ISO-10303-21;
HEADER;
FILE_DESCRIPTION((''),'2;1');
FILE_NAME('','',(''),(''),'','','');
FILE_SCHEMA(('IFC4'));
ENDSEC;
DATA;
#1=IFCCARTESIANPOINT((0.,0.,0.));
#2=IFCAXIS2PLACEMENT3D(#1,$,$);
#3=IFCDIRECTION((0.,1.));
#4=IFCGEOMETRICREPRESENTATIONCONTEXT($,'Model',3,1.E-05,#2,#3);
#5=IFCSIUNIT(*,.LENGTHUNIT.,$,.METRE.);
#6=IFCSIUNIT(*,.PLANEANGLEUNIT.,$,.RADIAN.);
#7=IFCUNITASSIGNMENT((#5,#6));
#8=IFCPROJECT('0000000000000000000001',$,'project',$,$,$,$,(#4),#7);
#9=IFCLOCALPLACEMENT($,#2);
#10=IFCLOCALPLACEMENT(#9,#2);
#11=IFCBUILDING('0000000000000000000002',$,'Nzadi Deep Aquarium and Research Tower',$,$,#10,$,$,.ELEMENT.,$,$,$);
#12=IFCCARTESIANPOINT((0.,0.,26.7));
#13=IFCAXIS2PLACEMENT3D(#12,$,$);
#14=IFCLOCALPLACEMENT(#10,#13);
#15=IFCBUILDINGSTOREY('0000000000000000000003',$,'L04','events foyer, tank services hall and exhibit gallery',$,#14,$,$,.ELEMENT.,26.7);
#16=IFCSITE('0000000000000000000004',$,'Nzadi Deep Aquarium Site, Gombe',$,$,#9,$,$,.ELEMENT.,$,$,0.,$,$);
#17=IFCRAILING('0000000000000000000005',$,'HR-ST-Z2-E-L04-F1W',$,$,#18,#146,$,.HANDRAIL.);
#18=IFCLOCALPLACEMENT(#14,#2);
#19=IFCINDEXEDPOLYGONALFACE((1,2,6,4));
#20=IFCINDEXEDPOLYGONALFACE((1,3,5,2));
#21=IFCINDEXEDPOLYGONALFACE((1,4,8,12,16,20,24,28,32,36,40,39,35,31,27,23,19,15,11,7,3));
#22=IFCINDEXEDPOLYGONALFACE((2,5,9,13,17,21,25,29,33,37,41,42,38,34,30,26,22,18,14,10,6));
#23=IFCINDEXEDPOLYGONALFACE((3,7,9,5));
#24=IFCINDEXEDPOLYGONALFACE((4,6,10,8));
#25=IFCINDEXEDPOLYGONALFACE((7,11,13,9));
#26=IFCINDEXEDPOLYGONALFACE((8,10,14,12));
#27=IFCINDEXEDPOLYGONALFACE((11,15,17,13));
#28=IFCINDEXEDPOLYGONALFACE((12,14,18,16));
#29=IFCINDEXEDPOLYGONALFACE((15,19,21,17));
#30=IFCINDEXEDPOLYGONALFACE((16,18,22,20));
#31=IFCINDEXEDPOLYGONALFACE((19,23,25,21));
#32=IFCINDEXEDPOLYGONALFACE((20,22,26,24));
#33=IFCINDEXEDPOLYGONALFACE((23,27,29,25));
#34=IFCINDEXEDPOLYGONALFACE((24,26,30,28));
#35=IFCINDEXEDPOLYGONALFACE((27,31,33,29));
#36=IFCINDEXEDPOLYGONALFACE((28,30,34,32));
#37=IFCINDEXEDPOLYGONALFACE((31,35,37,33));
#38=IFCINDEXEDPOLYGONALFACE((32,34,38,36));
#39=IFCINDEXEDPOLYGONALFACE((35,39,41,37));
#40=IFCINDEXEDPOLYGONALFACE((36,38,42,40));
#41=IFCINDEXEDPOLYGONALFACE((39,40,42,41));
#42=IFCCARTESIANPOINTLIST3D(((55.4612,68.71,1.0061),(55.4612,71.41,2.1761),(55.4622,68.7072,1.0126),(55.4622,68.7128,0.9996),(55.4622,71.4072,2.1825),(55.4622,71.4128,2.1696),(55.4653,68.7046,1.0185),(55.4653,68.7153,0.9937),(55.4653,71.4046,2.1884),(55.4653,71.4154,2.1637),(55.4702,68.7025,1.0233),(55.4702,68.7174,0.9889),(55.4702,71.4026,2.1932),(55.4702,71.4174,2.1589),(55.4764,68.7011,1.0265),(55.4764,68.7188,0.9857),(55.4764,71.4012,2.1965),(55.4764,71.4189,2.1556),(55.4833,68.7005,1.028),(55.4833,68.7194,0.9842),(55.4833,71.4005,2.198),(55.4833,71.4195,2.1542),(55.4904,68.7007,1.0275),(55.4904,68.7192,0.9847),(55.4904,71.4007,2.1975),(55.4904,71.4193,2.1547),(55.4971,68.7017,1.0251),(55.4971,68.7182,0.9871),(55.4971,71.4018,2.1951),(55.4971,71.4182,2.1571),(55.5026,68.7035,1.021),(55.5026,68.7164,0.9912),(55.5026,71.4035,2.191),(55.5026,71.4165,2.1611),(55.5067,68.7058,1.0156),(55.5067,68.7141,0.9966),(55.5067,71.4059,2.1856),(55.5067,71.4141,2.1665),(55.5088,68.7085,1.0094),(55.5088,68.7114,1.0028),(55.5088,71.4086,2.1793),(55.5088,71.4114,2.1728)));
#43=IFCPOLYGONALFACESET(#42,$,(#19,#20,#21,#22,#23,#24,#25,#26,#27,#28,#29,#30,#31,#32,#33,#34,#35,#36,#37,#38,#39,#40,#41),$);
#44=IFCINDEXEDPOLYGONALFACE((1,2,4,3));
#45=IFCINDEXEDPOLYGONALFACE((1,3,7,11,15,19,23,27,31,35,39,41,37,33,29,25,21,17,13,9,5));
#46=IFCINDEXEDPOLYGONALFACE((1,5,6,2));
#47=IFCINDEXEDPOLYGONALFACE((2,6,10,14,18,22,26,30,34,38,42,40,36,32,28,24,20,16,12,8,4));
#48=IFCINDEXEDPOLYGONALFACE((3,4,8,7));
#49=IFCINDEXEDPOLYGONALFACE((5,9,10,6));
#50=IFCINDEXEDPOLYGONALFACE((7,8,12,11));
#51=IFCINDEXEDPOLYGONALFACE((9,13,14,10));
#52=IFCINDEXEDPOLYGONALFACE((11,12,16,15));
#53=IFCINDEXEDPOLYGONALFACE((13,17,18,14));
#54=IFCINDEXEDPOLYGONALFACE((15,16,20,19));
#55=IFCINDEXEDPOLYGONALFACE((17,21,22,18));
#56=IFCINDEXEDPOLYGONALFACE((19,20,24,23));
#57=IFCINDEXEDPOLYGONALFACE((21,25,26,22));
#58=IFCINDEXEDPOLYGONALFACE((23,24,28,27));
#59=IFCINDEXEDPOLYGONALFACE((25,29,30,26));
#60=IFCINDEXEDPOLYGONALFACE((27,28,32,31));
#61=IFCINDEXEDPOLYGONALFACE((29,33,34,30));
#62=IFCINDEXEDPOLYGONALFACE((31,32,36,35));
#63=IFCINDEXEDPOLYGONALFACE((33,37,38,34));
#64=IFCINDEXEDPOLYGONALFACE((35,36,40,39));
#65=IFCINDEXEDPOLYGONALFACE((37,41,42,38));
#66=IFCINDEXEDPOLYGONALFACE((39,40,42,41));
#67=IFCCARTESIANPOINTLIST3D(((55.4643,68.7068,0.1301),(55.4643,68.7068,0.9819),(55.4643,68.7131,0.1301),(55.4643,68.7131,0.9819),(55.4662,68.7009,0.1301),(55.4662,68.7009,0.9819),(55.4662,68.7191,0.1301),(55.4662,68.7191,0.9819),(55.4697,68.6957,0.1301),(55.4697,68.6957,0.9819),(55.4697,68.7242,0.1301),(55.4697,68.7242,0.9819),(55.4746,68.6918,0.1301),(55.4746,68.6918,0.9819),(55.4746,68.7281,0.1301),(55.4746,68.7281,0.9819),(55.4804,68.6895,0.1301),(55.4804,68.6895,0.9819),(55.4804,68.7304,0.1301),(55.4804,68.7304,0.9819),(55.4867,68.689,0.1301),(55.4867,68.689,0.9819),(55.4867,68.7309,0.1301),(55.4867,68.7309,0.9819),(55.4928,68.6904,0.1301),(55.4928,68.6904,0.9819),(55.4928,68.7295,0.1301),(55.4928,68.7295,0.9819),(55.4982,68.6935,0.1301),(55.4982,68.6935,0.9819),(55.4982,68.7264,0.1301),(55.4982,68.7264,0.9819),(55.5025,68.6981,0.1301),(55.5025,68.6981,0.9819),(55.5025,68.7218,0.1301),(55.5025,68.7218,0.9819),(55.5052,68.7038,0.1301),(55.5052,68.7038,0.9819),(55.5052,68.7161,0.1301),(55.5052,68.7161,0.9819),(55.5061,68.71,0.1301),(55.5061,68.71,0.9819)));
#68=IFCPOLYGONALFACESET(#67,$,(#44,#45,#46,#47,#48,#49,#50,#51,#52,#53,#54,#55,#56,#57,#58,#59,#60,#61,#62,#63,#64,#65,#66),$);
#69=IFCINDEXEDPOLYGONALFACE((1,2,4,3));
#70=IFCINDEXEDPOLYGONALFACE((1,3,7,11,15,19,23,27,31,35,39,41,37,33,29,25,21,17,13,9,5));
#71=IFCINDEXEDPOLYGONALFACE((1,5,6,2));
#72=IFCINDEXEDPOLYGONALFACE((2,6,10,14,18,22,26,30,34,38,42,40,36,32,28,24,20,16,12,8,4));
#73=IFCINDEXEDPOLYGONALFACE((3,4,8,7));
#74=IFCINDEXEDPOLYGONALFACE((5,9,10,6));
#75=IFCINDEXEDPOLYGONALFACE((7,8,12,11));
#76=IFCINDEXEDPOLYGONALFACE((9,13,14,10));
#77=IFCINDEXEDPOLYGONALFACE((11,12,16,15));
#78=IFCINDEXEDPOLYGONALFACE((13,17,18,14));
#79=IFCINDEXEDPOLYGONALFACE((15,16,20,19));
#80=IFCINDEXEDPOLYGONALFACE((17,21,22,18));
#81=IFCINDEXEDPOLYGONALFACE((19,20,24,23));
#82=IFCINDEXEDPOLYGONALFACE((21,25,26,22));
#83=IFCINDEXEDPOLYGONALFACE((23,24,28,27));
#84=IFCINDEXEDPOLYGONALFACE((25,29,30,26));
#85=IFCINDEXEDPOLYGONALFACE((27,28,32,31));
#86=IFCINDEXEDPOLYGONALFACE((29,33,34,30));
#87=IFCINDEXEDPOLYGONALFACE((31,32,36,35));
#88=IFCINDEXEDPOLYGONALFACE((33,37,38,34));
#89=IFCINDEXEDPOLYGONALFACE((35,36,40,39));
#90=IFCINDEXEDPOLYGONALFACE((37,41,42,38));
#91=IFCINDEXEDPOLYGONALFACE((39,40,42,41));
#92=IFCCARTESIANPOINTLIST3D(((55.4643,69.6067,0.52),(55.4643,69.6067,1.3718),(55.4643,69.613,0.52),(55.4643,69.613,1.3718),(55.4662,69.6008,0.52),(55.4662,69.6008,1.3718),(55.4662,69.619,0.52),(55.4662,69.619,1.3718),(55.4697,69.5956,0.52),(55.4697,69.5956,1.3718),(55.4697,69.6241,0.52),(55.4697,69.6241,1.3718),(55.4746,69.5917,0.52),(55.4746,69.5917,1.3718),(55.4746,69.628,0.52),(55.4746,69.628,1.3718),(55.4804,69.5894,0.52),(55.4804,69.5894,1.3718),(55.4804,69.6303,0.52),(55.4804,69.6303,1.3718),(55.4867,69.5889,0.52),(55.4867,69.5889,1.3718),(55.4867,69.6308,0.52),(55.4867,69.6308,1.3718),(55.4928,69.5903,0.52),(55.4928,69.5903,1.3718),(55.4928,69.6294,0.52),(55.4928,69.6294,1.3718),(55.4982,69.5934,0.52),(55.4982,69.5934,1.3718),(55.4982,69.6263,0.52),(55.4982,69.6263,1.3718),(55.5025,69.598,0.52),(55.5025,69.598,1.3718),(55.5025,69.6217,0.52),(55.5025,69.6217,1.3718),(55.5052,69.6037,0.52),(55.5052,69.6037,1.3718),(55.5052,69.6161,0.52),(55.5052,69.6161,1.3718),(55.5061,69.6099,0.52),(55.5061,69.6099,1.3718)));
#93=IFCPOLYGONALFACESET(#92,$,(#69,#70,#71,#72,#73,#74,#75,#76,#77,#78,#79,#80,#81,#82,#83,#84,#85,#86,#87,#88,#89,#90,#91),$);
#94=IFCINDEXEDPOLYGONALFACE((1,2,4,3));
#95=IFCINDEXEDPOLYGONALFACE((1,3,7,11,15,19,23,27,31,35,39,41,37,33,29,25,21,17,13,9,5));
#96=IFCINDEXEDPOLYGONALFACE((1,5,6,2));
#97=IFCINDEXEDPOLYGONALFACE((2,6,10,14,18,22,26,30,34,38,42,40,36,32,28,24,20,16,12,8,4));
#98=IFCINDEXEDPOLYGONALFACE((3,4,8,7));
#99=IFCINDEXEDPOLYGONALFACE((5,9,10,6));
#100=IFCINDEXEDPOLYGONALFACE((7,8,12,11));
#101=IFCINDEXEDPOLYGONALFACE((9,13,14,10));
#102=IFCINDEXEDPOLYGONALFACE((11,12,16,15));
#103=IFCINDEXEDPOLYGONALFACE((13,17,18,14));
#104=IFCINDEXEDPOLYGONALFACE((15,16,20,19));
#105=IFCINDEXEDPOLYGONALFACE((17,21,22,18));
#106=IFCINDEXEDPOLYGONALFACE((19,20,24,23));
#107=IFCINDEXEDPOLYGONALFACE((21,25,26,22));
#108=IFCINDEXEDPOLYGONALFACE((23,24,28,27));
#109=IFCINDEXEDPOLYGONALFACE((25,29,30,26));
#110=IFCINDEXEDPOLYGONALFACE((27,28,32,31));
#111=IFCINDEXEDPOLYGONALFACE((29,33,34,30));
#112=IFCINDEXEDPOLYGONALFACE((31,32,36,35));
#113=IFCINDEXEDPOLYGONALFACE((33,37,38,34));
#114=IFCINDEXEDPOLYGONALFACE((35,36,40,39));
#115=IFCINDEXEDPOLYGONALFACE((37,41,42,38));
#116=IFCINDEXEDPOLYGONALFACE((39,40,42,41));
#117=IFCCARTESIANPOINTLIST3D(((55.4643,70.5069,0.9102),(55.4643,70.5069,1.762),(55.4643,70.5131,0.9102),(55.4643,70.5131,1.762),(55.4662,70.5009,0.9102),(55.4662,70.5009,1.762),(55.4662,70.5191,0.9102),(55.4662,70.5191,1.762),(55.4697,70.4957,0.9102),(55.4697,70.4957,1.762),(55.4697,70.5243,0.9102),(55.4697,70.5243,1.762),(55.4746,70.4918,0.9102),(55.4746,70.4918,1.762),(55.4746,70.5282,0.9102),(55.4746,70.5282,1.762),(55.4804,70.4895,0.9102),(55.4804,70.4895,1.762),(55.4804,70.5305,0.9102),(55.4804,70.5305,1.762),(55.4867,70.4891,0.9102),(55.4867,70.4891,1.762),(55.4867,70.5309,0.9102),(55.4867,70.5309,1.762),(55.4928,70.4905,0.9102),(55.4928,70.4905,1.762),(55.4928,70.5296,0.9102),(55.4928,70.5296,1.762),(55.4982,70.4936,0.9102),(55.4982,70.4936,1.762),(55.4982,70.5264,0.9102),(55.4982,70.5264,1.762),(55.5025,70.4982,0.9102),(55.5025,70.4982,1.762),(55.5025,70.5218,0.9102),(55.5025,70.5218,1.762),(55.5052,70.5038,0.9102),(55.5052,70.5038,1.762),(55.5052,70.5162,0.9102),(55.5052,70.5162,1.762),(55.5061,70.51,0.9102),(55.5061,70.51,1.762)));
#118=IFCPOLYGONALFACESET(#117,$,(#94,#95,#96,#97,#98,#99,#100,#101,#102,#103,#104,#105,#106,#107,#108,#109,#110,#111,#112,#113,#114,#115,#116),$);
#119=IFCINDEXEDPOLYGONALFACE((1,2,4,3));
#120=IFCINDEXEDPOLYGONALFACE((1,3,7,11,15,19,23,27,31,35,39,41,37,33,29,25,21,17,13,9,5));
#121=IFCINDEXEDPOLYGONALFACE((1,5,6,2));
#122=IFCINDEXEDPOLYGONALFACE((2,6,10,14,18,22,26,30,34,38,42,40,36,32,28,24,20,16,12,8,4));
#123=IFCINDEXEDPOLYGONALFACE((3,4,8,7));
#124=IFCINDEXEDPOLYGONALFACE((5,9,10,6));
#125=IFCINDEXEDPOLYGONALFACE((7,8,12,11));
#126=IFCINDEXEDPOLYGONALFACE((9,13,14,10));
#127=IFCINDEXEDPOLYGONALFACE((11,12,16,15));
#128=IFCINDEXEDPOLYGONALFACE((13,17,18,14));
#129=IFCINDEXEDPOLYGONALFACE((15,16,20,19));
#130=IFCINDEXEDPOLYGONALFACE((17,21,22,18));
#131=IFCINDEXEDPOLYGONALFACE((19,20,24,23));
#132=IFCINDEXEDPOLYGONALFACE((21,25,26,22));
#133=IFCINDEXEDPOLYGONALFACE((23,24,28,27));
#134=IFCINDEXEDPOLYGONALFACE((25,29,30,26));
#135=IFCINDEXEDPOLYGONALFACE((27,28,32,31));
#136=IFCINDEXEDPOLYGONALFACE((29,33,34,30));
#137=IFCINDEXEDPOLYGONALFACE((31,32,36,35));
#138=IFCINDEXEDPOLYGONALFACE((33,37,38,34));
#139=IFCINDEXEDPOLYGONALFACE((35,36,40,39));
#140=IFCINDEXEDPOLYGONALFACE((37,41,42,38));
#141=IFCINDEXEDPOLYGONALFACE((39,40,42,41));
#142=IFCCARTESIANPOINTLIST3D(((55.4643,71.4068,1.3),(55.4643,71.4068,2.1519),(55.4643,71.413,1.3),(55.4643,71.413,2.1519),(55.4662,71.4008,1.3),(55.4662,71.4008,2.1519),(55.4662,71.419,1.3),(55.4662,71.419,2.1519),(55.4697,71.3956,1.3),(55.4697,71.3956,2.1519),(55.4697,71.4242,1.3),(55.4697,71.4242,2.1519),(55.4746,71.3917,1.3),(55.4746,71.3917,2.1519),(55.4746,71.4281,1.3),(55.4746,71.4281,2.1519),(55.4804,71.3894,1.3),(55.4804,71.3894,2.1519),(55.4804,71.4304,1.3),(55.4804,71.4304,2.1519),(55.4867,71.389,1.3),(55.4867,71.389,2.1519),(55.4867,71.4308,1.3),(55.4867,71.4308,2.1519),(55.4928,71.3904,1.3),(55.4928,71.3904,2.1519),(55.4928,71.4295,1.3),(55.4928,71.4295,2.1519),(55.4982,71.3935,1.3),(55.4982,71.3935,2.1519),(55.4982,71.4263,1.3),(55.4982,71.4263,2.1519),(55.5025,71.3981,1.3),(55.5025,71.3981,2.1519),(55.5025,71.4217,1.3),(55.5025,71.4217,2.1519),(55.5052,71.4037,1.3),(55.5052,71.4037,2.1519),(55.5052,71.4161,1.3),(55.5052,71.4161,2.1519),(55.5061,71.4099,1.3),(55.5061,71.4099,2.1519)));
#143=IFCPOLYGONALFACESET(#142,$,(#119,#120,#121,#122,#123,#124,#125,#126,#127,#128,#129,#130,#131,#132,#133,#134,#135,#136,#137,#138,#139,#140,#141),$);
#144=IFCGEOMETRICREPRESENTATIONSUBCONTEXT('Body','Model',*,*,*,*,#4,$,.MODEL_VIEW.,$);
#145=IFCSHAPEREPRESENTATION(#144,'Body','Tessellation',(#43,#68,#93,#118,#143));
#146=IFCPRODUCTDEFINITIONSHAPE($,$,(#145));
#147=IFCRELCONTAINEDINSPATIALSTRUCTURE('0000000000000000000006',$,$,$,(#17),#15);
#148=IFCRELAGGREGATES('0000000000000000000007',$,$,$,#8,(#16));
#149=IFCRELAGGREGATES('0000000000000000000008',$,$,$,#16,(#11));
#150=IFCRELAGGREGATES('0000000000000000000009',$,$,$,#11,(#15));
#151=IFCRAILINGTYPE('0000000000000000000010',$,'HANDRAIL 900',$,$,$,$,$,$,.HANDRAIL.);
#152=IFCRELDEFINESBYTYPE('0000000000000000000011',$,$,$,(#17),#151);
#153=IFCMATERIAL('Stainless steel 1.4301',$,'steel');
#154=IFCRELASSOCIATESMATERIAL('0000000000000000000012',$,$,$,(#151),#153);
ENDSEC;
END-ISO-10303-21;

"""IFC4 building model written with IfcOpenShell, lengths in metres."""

from ifc_helpers import new_model, si_unit, direction, frame, origin, origin_2d, place, context, subcontext, project, spatial, circle, extrude, material, type_object, element, save


model = new_model("IFC4")

# Units and contexts
model_context = context("Model", 3, precision=1e-05, world=origin(), true_north=direction((0.0, 1.0)))
body_context = subcontext(model_context, "Body", "Model", "MODEL_VIEW")
ifc_project = project(units=[si_unit("LENGTHUNIT", "METRE"), si_unit("PLANEANGLEUNIT", "RADIAN")], contexts=[model_context])

# Site, building, storey
site_placement = place(None, origin())
site = spatial("IfcSite", under=ifc_project, at=site_placement, Name="Nzadi Deep Aquarium Site, Gombe", CompositionType="ELEMENT", RefElevation=0.0)
building_placement = place(site_placement, origin())
building = spatial("IfcBuilding", under=site, at=building_placement, Name="Nzadi Deep Aquarium and Research Tower", CompositionType="ELEMENT")
storey_placement = place(building_placement, frame((0.0, 0.0, 26.7)))
storey = spatial("IfcBuildingStorey", under=building, at=storey_placement, Name="L04", Description="events foyer, tank services hall and exhibit gallery", CompositionType="ELEMENT", Elevation=26.7)

# Railing
ifc_material_1 = material(Name="Stainless steel 1.4301", Category="steel")
railing_type_1 = type_object("IfcRailingType", Name="HANDRAIL 900", PredefinedType="HANDRAIL", material=ifc_material_1)
for number, where, name in (
    (1, (55.4851, 68.71, 0.1301), "HR-ST-Z2-E-L04-F1W"),
):
    element("IfcRailing", number, at=place(storey_placement, frame(where)), inside=storey, type_object=railing_type_1, Name=name, PredefinedType="HANDRAIL", context=body_context, shape_type="SweptSolid", body=[
        extrude(circle(Radius=0.0239, at=origin_2d()), frame((0.0, 0.0, 0.876), z_axis=(0.0, 0.917563, 0.397591), x_axis=(-1.0, 0.0, 0.0)), (0.0, 0.0, 1.0), 2.9426),
        extrude(circle(Radius=0.021, at=origin_2d()), origin(), (0.0, 0.0, 1.0), 0.8518),
        extrude(circle(Radius=0.021, at=origin_2d()), frame((0.0, 0.8999, 0.3899)), (0.0, 0.0, 1.0), 0.8518),
        extrude(circle(Radius=0.021, at=origin_2d()), frame((0.0, 1.8, 0.78)), (0.0, 0.0, 1.0), 0.8518),
        extrude(circle(Radius=0.021, at=origin_2d()), frame((0.0, 2.7, 1.1699)), (0.0, 0.0, 1.0), 0.8518),
    ])

save(model, "model.ifc")
